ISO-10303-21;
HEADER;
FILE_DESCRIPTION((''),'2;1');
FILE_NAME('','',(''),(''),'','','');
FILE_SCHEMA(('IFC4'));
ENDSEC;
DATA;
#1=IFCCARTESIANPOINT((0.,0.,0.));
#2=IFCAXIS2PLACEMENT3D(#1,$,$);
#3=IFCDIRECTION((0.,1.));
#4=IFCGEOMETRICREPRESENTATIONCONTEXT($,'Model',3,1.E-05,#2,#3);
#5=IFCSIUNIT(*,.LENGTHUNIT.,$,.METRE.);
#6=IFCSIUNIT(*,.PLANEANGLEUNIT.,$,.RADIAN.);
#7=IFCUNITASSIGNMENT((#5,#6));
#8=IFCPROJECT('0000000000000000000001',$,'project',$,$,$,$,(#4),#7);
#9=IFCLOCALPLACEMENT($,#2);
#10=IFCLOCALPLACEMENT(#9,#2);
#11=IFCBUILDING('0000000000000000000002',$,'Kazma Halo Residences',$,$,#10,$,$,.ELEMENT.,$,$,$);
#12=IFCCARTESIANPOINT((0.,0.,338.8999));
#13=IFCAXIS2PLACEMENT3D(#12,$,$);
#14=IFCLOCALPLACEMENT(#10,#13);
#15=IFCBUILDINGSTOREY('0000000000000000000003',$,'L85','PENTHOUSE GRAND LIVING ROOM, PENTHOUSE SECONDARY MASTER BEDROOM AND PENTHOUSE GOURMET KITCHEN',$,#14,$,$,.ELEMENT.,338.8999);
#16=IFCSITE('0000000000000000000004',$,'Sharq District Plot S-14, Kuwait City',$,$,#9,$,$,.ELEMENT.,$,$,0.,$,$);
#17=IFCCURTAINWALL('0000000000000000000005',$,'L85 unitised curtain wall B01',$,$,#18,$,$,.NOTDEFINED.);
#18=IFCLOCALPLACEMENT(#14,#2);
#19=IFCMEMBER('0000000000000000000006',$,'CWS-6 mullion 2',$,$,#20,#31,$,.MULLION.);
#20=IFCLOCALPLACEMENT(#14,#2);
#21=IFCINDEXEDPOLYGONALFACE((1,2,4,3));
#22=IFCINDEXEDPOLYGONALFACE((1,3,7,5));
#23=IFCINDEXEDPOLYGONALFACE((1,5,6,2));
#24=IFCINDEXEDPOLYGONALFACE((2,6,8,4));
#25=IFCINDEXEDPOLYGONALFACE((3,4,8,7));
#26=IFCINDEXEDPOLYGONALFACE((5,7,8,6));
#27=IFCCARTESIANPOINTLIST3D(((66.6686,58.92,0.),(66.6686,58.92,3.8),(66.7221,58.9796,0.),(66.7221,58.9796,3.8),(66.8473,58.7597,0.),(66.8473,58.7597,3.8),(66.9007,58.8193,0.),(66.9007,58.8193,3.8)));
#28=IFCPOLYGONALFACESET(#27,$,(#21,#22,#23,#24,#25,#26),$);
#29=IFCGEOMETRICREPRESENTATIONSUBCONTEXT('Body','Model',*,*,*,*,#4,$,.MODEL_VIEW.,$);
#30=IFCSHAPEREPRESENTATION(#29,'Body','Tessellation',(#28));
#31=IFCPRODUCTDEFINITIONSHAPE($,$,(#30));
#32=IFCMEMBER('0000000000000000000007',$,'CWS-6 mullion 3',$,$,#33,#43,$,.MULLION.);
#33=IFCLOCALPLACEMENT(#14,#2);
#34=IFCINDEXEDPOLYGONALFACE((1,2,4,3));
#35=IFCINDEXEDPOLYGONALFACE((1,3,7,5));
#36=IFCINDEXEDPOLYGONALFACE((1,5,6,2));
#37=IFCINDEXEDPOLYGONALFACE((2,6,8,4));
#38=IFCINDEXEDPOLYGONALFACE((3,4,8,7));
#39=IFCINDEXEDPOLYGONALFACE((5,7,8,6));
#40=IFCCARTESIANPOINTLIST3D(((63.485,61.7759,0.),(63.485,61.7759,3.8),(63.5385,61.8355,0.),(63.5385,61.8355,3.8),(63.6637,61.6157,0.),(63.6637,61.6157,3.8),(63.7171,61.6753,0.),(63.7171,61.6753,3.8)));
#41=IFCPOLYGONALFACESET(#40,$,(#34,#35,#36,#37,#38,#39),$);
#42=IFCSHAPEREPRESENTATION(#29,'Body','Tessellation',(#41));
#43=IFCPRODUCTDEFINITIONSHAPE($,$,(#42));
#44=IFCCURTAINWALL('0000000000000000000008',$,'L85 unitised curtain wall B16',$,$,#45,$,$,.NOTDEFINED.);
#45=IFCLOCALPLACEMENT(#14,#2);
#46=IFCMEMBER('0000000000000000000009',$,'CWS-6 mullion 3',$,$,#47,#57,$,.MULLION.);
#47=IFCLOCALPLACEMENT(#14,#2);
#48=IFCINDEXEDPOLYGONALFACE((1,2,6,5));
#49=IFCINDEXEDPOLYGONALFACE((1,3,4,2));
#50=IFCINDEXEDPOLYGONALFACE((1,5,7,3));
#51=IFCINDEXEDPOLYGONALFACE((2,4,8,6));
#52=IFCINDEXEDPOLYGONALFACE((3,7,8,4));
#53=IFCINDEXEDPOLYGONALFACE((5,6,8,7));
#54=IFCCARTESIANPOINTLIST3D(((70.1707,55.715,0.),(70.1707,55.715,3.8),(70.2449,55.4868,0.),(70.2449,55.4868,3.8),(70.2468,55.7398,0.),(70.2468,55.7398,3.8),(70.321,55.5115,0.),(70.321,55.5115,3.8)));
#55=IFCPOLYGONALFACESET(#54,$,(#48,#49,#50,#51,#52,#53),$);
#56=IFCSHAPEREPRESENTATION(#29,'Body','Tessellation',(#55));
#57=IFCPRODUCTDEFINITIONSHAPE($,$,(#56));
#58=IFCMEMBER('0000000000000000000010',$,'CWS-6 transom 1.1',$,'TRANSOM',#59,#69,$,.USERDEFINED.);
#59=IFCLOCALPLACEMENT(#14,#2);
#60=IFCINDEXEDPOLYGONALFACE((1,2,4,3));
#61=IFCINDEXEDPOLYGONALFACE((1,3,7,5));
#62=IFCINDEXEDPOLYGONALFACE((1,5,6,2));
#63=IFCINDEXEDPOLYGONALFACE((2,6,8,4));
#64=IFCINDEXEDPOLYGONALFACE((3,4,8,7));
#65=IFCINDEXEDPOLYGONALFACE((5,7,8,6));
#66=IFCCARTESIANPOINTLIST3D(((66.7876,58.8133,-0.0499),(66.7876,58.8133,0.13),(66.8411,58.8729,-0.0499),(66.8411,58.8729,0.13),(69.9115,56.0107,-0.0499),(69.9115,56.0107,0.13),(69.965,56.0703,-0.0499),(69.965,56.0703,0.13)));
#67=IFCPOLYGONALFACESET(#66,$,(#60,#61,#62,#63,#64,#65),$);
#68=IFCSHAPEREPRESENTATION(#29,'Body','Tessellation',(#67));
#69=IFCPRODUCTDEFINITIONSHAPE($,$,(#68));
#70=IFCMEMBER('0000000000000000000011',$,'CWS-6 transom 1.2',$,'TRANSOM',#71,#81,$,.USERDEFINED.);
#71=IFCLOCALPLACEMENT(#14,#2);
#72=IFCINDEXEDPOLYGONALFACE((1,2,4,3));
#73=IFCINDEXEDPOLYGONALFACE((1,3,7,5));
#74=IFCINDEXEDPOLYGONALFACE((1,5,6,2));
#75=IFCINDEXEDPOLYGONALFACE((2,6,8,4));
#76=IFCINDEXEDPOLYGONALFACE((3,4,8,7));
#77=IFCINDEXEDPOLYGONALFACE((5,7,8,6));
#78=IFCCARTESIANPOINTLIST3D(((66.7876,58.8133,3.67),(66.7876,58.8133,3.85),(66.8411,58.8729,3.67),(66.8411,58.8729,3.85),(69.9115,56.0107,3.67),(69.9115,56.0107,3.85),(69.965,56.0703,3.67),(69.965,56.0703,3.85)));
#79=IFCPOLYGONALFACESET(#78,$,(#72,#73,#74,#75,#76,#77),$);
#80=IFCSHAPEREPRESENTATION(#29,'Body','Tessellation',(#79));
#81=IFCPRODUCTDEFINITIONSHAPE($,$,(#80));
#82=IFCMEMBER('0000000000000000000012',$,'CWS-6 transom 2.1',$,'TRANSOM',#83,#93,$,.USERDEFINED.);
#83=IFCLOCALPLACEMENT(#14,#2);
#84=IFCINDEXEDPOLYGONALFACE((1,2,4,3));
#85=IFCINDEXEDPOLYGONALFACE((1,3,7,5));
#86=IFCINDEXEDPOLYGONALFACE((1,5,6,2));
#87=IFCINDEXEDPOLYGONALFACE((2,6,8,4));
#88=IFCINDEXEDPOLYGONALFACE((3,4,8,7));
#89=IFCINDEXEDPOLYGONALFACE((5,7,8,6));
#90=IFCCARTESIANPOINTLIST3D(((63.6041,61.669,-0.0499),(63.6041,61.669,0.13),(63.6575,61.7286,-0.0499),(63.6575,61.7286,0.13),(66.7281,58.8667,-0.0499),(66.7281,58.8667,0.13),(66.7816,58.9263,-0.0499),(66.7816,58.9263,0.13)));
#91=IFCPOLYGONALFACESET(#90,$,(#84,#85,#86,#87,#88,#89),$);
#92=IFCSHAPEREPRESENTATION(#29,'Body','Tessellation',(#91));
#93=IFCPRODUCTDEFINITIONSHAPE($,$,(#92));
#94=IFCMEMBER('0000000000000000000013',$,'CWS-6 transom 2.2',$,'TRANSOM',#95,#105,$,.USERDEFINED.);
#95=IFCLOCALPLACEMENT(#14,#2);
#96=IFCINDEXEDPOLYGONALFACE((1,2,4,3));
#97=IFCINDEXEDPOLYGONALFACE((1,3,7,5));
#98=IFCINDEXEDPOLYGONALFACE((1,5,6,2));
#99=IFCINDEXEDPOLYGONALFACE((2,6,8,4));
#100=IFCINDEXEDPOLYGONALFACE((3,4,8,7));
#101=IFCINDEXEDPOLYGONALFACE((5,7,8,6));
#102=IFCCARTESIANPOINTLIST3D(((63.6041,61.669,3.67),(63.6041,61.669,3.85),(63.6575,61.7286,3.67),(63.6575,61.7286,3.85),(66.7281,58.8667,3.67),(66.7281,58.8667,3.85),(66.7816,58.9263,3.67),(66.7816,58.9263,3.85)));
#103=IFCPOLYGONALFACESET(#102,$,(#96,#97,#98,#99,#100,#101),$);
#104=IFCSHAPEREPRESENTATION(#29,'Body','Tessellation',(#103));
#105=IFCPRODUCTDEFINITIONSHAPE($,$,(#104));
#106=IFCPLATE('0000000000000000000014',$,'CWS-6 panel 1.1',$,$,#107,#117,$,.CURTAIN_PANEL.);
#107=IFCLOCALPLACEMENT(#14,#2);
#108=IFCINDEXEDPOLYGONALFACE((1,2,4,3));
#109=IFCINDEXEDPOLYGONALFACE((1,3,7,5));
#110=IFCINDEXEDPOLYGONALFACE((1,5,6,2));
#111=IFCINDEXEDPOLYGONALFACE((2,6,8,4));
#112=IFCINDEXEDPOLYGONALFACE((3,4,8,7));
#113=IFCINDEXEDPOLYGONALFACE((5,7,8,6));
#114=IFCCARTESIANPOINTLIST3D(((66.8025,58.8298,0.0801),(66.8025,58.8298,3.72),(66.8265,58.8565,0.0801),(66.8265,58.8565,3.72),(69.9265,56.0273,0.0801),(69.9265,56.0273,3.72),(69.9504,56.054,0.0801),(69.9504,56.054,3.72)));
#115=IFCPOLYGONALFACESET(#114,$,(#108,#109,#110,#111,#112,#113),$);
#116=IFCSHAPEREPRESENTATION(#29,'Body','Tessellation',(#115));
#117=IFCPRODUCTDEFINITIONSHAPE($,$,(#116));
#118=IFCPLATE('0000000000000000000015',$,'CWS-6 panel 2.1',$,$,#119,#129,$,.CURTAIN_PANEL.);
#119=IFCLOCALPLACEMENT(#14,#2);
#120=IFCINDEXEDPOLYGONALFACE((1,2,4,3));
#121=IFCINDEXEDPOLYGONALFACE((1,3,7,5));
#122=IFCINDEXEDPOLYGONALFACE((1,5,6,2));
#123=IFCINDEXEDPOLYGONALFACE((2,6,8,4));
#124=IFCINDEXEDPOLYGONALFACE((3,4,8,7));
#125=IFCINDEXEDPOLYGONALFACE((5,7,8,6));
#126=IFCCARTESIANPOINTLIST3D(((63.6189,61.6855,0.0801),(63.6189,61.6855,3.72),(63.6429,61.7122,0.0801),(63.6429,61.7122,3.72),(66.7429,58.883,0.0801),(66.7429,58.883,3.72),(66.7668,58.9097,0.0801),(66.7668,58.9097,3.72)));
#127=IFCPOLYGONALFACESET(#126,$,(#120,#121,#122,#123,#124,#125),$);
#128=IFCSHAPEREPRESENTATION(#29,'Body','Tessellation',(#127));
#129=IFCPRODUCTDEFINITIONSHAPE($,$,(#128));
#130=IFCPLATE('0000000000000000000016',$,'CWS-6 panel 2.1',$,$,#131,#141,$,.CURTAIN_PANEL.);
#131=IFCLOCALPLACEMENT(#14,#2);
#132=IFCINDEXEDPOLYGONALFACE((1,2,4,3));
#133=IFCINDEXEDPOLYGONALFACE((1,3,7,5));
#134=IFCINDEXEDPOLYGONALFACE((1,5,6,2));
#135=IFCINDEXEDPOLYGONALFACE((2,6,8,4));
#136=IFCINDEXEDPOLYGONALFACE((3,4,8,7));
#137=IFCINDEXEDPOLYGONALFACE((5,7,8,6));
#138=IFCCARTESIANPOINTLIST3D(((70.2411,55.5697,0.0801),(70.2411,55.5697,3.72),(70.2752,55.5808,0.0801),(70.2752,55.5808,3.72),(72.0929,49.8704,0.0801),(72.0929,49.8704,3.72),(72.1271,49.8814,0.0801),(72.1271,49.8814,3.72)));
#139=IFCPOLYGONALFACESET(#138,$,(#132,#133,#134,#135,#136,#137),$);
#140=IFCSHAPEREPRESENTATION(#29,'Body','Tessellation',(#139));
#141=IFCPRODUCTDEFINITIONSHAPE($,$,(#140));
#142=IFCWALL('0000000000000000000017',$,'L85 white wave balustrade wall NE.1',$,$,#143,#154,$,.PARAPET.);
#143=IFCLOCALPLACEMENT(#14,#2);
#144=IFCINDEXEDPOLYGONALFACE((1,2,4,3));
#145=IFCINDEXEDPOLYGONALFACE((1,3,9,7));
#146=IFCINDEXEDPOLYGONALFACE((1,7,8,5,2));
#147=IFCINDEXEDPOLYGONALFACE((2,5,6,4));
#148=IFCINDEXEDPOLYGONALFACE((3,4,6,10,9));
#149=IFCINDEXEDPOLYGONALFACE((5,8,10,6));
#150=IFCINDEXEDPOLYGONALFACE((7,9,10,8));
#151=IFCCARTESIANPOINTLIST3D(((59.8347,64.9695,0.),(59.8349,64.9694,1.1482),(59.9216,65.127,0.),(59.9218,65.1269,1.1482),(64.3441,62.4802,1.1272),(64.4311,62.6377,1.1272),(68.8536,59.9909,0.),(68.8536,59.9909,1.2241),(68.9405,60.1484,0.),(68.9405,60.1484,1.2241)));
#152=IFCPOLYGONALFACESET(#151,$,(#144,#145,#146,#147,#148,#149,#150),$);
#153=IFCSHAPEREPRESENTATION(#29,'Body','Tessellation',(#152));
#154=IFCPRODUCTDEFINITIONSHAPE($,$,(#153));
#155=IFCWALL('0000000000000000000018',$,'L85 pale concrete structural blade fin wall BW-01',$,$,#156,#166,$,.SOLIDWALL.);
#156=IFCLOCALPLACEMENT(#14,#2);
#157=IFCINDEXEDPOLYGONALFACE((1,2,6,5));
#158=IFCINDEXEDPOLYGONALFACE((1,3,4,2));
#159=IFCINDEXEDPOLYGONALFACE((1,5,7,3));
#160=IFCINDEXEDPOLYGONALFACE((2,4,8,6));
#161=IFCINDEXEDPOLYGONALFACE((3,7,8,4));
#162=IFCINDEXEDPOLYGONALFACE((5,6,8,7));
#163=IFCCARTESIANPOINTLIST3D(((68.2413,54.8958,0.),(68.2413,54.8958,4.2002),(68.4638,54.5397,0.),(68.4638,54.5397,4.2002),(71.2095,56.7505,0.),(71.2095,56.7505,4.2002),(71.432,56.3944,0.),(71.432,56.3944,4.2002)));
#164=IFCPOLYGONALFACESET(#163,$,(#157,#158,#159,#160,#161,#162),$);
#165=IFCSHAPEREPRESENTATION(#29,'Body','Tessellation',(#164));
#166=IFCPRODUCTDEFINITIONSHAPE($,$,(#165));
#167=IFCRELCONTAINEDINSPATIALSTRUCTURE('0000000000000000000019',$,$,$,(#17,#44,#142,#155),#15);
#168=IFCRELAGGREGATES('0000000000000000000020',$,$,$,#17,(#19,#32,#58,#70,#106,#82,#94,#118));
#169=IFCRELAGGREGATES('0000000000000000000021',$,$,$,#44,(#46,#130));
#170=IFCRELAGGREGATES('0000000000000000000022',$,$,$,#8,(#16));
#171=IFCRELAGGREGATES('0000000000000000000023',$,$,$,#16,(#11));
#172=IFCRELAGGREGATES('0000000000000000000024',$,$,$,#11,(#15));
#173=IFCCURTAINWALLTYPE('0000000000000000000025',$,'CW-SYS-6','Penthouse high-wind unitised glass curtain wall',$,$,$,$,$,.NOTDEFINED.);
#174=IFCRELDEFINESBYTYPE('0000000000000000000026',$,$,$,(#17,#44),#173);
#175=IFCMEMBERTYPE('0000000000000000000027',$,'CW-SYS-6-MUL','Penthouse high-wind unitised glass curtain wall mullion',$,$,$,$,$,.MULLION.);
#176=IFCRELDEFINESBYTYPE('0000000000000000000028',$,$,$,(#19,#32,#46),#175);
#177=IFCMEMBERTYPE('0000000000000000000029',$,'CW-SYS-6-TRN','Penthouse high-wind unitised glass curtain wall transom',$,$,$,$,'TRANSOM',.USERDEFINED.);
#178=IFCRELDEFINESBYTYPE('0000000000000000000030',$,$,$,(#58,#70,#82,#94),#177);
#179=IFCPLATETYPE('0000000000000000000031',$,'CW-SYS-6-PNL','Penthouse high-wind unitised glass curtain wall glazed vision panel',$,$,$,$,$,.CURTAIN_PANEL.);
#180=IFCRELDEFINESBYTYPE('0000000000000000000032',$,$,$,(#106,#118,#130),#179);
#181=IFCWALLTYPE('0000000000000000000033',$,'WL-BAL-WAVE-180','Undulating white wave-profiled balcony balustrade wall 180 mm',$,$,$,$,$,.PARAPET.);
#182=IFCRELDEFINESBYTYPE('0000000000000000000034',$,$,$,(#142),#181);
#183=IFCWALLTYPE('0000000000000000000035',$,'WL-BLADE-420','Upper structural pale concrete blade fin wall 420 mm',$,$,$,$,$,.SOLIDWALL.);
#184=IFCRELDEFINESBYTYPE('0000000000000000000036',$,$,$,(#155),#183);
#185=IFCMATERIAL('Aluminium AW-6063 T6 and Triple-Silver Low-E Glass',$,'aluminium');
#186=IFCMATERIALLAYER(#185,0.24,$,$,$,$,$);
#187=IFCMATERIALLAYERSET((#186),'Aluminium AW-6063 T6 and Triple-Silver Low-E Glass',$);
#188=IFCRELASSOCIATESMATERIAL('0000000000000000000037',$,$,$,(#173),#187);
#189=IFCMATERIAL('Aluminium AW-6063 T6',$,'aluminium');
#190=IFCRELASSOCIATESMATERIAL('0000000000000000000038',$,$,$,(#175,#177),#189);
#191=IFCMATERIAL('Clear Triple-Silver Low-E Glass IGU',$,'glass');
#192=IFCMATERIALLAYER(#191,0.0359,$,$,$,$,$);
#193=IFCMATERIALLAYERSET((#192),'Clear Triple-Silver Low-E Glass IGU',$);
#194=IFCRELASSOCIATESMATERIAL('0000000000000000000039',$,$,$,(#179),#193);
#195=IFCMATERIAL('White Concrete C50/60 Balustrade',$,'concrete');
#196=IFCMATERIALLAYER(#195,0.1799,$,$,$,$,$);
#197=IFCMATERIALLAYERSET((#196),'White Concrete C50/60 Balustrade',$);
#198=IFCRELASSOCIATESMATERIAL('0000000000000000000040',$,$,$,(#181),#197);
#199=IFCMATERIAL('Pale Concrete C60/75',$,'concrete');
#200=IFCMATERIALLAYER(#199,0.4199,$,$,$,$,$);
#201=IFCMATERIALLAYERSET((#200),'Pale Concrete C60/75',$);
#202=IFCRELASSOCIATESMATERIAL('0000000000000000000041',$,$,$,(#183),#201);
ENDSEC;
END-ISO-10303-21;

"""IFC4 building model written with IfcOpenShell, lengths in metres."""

from ifc_helpers import new_model, si_unit, direction, frame, frame_2d, origin, origin_2d, place, context, subcontext, project, spatial, polyline, rectangle, outline, extrude, material, layer, layer_set, material_profile, profile_set, type_object, element, aggregate, save


model = new_model("IFC4")

# Units and contexts
model_context = context("Model", 3, precision=1e-05, world=origin(), true_north=direction((0.0, 1.0)))
body_context = subcontext(model_context, "Body", "Model", "MODEL_VIEW")
ifc_project = project(units=[si_unit("LENGTHUNIT", "METRE"), si_unit("PLANEANGLEUNIT", "RADIAN")], contexts=[model_context])

# Site, building, storey
site_placement = place(None, origin())
site = spatial("IfcSite", under=ifc_project, at=site_placement, Name="Sharq District Plot S-14, Kuwait City", CompositionType="ELEMENT", RefElevation=0.0)
building_placement = place(site_placement, origin())
building = spatial("IfcBuilding", under=site, at=building_placement, Name="Kazma Halo Residences", CompositionType="ELEMENT")
storey_placement = place(building_placement, frame((0.0, 0.0, 338.8999)))
storey = spatial("IfcBuildingStorey", under=building, at=storey_placement, Name="L85", Description="PENTHOUSE GRAND LIVING ROOM, PENTHOUSE SECONDARY MASTER BEDROOM AND PENTHOUSE GOURMET KITCHEN", CompositionType="ELEMENT", Elevation=338.8999)

# Curtain wall, members
ifc_material_1 = material(Name="Aluminium AW-6063 T6 and Triple-Silver Low-E Glass", Category="aluminium")
ifc_layer_1 = layer(ifc_material_1, 0.24)
ifc_layer_set_1 = layer_set([ifc_layer_1], Name="Aluminium AW-6063 T6 and Triple-Silver Low-E Glass")
curtain_wall_type = type_object("IfcCurtainWallType", Name="CW-SYS-6", Description="Penthouse high-wind unitised glass curtain wall", PredefinedType="NOTDEFINED", material=ifc_layer_set_1)
curtain_wall_1_placement = place(storey_placement, origin())
curtain_wall_1 = element("IfcCurtainWall", 1, at=curtain_wall_1_placement, inside=storey, type_object=curtain_wall_type, Name="L85 unitised curtain wall B01", PredefinedType="NOTDEFINED")
ifc_material_2 = material(Name="Aluminium AW-6063 T6", Category="aluminium")
ifc_material_profile_1 = material_profile(ifc_material_2, rectangle(XDim=0.0801, YDim=0.24, at=origin_2d()), Name="CWM-80x240")
ifc_profile_set_1 = profile_set([ifc_material_profile_1], Name="Aluminium AW-6063 T6")
member_type_1 = type_object("IfcMemberType", Name="CW-SYS-6-MUL", Description="Penthouse high-wind unitised glass curtain wall mullion", PredefinedType="MULLION", material=ifc_profile_set_1)
member_1_placement = place(storey_placement, frame((66.7847, 58.8696, 0.0), z_axis=(0.0, 0.0, 1.0), x_axis=(-0.667758, -0.744379, 0.0)))
member_1 = element("IfcMember", 2, at=member_1_placement, type_object=member_type_1, Name="CWS-6 mullion 2", PredefinedType="MULLION", context=body_context, shape_type="SweptSolid", body=[
    extrude(rectangle(XDim=0.0801, YDim=0.24, at=origin_2d()), origin(), (0.0, 0.0, 1.0), 3.8),
])
member_2_placement = place(storey_placement, frame((63.6011, 61.7256, 0.0), z_axis=(0.0, 0.0, 1.0), x_axis=(-0.667758, -0.744379, 0.0)))
member_2 = element("IfcMember", 3, at=member_2_placement, type_object=member_type_1, Name="CWS-6 mullion 3", PredefinedType="MULLION", context=body_context, shape_type="SweptSolid", body=[
    extrude(rectangle(XDim=0.0801, YDim=0.24, at=origin_2d()), origin(), (0.0, 0.0, 1.0), 3.8),
])

# Curtain wall, member
curtain_wall_2_placement = place(storey_placement, origin())
curtain_wall_2 = element("IfcCurtainWall", 4, at=curtain_wall_2_placement, inside=storey, type_object=curtain_wall_type, Name="L85 unitised curtain wall B16", PredefinedType="NOTDEFINED")
member_3_placement = place(storey_placement, frame((70.2458, 55.6133, 0.0), z_axis=(0.0, 0.0, 1.0), x_axis=(-0.951056, -0.309019, 0.0)))
member_3 = element("IfcMember", 5, at=member_3_placement, type_object=member_type_1, Name="CWS-6 mullion 3", PredefinedType="MULLION", context=body_context, shape_type="SweptSolid", body=[
    extrude(rectangle(XDim=0.0801, YDim=0.24, at=origin_2d()), origin(), (0.0, 0.0, 1.0), 3.8),
])

# Members
ifc_material_profile_2 = material_profile(ifc_material_2, rectangle(XDim=0.0801, YDim=0.1799, at=origin_2d()), Name="CWT-80x180")
ifc_profile_set_2 = profile_set([ifc_material_profile_2], Name="Aluminium AW-6063 T6")
member_type_2 = type_object("IfcMemberType", Name="CW-SYS-6-TRN", Description="Penthouse high-wind unitised glass curtain wall transom", ElementType="TRANSOM", PredefinedType="USERDEFINED", material=ifc_profile_set_2)
member_4_placement = place(storey_placement, frame((69.9382, 56.0405, 0.04), z_axis=(-0.744349, 0.667791, 0.0), x_axis=(-0.667791, -0.744349, 0.0)))
member_4 = element("IfcMember", 6, at=member_4_placement, type_object=member_type_2, Name="CWS-6 transom 1.1", ObjectType="TRANSOM", PredefinedType="USERDEFINED", context=body_context, shape_type="SweptSolid", body=[
    extrude(rectangle(XDim=0.0801, YDim=0.1799, at=origin_2d()), origin(), (0.0, 0.0, 1.0), 4.1968),
])
member_5_placement = place(storey_placement, frame((69.9382, 56.0405, 3.76), z_axis=(-0.744349, 0.667791, 0.0), x_axis=(-0.667791, -0.744349, 0.0)))
member_5 = element("IfcMember", 7, at=member_5_placement, type_object=member_type_2, Name="CWS-6 transom 1.2", ObjectType="TRANSOM", PredefinedType="USERDEFINED", context=body_context, shape_type="SweptSolid", body=[
    extrude(rectangle(XDim=0.0801, YDim=0.1799, at=origin_2d()), origin(), (0.0, 0.0, 1.0), 4.1968),
])
member_6_placement = place(storey_placement, frame((66.7549, 58.8965, 0.04), z_axis=(-0.744404, 0.66773, 0.0), x_axis=(-0.66773, -0.744404, 0.0)))
member_6 = element("IfcMember", 8, at=member_6_placement, type_object=member_type_2, Name="CWS-6 transom 2.1", ObjectType="TRANSOM", PredefinedType="USERDEFINED", context=body_context, shape_type="SweptSolid", body=[
    extrude(rectangle(XDim=0.0801, YDim=0.1799, at=origin_2d()), origin(), (0.0, 0.0, 1.0), 4.1968),
])
member_7_placement = place(storey_placement, frame((66.7549, 58.8965, 3.76), z_axis=(-0.744404, 0.66773, 0.0), x_axis=(-0.66773, -0.744404, 0.0)))
member_7 = element("IfcMember", 9, at=member_7_placement, type_object=member_type_2, Name="CWS-6 transom 2.2", ObjectType="TRANSOM", PredefinedType="USERDEFINED", context=body_context, shape_type="SweptSolid", body=[
    extrude(rectangle(XDim=0.0801, YDim=0.1799, at=origin_2d()), origin(), (0.0, 0.0, 1.0), 4.1968),
])

# Plates
ifc_material_3 = material(Name="Clear Triple-Silver Low-E Glass IGU", Category="glass")
ifc_layer_2 = layer(ifc_material_3, 0.0359)
ifc_layer_set_2 = layer_set([ifc_layer_2], Name="Clear Triple-Silver Low-E Glass IGU")
plate_type = type_object("IfcPlateType", Name="CW-SYS-6-PNL", Description="Penthouse high-wind unitised glass curtain wall glazed vision panel", PredefinedType="CURTAIN_PANEL", material=ifc_layer_set_2)
plate_1_placement = place(storey_placement, frame((68.3765, 57.4419, 0.0801), z_axis=(0.0, 0.0, 1.0), x_axis=(-0.744379, 0.667758, 0.0)))
plate_1 = element("IfcPlate", 10, at=plate_1_placement, type_object=plate_type, Name="CWS-6 panel 1.1", PredefinedType="CURTAIN_PANEL", context=body_context, shape_type="SweptSolid", body=[
    extrude(rectangle(XDim=4.1968, YDim=0.0359, at=origin_2d()), origin(), (0.0, 0.0, 1.0), 3.6399),
])
plate_2_placement = place(storey_placement, frame((65.1929, 60.2976, 0.0801), z_axis=(0.0, 0.0, 1.0), x_axis=(-0.744379, 0.667758, 0.0)))
plate_2 = element("IfcPlate", 11, at=plate_2_placement, type_object=plate_type, Name="CWS-6 panel 2.1", PredefinedType="CURTAIN_PANEL", context=body_context, shape_type="SweptSolid", body=[
    extrude(rectangle(XDim=4.1968, YDim=0.0359, at=origin_2d()), origin(), (0.0, 0.0, 1.0), 3.6399),
])
aggregate(curtain_wall_1, [member_1, member_2, member_4, member_5, plate_1, member_6, member_7, plate_2])
plate_3_placement = place(storey_placement, frame((71.1841, 52.7256, 0.0801), z_axis=(0.0, 0.0, 1.0), x_axis=(-0.309019, 0.951056, 0.0)))
plate_3 = element("IfcPlate", 12, at=plate_3_placement, type_object=plate_type, Name="CWS-6 panel 2.1", PredefinedType="CURTAIN_PANEL", context=body_context, shape_type="SweptSolid", body=[
    extrude(rectangle(XDim=5.9927, YDim=0.0359, at=origin_2d()), origin(), (0.0, 0.0, 1.0), 3.6399),
])
aggregate(curtain_wall_2, [member_3, plate_3])

# Walls
ifc_material_4 = material(Name="White Concrete C50/60 Balustrade", Category="concrete")
ifc_layer_3 = layer(ifc_material_4, 0.1799)
ifc_layer_set_3 = layer_set([ifc_layer_3], Name="White Concrete C50/60 Balustrade")
wall_type_1 = type_object("IfcWallType", Name="WL-BAL-WAVE-180", Description="Undulating white wave-profiled balcony balustrade wall 180 mm", PredefinedType="PARAPET", material=ifc_layer_set_3)
wall_1_placement = place(storey_placement, frame((68.897, 60.0696, 0.0), z_axis=(0.0, 0.0, 1.0), x_axis=(-0.87547, 0.483273, 0.0)))
element("IfcWall", 13, at=wall_1_placement, inside=storey, type_object=wall_type_1, Name="L85 white wave balustrade wall NE.1", PredefinedType="PARAPET", context=body_context, shape_type="SweptSolid", body=[
    extrude(outline(polyline([(0.0, 0.0), (10.3018, 0.0), (10.3015, 1.1482), (5.1509, 1.1272), (0.0, 1.2241), (0.0, 0.0)])), frame((0.0, 0.0898, 0.0), z_axis=(0.0, -1.0, 0.0), x_axis=(1.0, 0.0, 0.0)), (0.0, 0.0, 1.0), 0.1799),
])
ifc_material_5 = material(Name="Pale Concrete C60/75", Category="concrete")
ifc_layer_4 = layer(ifc_material_5, 0.4199)
ifc_layer_set_4 = layer_set([ifc_layer_4], Name="Pale Concrete C60/75")
wall_type_2 = type_object("IfcWallType", Name="WL-BLADE-420", Description="Upper structural pale concrete blade fin wall 420 mm", PredefinedType="SOLIDWALL", material=ifc_layer_set_4)
wall_2_placement = place(storey_placement, frame((68.3525, 54.7178, 0.0), z_axis=(0.0, 0.0, 1.0), x_axis=(0.848053, 0.529911, 0.0)))
element("IfcWall", 14, at=wall_2_placement, inside=storey, type_object=wall_type_2, Name="L85 pale concrete structural blade fin wall BW-01", PredefinedType="SOLIDWALL", context=body_context, shape_type="SweptSolid", body=[
    extrude(rectangle(XDim=3.5, YDim=0.4199, at=frame_2d((1.75, 0.0))), origin(), (0.0, 0.0, 1.0), 4.2002),
])

save(model, "model.ifc")
